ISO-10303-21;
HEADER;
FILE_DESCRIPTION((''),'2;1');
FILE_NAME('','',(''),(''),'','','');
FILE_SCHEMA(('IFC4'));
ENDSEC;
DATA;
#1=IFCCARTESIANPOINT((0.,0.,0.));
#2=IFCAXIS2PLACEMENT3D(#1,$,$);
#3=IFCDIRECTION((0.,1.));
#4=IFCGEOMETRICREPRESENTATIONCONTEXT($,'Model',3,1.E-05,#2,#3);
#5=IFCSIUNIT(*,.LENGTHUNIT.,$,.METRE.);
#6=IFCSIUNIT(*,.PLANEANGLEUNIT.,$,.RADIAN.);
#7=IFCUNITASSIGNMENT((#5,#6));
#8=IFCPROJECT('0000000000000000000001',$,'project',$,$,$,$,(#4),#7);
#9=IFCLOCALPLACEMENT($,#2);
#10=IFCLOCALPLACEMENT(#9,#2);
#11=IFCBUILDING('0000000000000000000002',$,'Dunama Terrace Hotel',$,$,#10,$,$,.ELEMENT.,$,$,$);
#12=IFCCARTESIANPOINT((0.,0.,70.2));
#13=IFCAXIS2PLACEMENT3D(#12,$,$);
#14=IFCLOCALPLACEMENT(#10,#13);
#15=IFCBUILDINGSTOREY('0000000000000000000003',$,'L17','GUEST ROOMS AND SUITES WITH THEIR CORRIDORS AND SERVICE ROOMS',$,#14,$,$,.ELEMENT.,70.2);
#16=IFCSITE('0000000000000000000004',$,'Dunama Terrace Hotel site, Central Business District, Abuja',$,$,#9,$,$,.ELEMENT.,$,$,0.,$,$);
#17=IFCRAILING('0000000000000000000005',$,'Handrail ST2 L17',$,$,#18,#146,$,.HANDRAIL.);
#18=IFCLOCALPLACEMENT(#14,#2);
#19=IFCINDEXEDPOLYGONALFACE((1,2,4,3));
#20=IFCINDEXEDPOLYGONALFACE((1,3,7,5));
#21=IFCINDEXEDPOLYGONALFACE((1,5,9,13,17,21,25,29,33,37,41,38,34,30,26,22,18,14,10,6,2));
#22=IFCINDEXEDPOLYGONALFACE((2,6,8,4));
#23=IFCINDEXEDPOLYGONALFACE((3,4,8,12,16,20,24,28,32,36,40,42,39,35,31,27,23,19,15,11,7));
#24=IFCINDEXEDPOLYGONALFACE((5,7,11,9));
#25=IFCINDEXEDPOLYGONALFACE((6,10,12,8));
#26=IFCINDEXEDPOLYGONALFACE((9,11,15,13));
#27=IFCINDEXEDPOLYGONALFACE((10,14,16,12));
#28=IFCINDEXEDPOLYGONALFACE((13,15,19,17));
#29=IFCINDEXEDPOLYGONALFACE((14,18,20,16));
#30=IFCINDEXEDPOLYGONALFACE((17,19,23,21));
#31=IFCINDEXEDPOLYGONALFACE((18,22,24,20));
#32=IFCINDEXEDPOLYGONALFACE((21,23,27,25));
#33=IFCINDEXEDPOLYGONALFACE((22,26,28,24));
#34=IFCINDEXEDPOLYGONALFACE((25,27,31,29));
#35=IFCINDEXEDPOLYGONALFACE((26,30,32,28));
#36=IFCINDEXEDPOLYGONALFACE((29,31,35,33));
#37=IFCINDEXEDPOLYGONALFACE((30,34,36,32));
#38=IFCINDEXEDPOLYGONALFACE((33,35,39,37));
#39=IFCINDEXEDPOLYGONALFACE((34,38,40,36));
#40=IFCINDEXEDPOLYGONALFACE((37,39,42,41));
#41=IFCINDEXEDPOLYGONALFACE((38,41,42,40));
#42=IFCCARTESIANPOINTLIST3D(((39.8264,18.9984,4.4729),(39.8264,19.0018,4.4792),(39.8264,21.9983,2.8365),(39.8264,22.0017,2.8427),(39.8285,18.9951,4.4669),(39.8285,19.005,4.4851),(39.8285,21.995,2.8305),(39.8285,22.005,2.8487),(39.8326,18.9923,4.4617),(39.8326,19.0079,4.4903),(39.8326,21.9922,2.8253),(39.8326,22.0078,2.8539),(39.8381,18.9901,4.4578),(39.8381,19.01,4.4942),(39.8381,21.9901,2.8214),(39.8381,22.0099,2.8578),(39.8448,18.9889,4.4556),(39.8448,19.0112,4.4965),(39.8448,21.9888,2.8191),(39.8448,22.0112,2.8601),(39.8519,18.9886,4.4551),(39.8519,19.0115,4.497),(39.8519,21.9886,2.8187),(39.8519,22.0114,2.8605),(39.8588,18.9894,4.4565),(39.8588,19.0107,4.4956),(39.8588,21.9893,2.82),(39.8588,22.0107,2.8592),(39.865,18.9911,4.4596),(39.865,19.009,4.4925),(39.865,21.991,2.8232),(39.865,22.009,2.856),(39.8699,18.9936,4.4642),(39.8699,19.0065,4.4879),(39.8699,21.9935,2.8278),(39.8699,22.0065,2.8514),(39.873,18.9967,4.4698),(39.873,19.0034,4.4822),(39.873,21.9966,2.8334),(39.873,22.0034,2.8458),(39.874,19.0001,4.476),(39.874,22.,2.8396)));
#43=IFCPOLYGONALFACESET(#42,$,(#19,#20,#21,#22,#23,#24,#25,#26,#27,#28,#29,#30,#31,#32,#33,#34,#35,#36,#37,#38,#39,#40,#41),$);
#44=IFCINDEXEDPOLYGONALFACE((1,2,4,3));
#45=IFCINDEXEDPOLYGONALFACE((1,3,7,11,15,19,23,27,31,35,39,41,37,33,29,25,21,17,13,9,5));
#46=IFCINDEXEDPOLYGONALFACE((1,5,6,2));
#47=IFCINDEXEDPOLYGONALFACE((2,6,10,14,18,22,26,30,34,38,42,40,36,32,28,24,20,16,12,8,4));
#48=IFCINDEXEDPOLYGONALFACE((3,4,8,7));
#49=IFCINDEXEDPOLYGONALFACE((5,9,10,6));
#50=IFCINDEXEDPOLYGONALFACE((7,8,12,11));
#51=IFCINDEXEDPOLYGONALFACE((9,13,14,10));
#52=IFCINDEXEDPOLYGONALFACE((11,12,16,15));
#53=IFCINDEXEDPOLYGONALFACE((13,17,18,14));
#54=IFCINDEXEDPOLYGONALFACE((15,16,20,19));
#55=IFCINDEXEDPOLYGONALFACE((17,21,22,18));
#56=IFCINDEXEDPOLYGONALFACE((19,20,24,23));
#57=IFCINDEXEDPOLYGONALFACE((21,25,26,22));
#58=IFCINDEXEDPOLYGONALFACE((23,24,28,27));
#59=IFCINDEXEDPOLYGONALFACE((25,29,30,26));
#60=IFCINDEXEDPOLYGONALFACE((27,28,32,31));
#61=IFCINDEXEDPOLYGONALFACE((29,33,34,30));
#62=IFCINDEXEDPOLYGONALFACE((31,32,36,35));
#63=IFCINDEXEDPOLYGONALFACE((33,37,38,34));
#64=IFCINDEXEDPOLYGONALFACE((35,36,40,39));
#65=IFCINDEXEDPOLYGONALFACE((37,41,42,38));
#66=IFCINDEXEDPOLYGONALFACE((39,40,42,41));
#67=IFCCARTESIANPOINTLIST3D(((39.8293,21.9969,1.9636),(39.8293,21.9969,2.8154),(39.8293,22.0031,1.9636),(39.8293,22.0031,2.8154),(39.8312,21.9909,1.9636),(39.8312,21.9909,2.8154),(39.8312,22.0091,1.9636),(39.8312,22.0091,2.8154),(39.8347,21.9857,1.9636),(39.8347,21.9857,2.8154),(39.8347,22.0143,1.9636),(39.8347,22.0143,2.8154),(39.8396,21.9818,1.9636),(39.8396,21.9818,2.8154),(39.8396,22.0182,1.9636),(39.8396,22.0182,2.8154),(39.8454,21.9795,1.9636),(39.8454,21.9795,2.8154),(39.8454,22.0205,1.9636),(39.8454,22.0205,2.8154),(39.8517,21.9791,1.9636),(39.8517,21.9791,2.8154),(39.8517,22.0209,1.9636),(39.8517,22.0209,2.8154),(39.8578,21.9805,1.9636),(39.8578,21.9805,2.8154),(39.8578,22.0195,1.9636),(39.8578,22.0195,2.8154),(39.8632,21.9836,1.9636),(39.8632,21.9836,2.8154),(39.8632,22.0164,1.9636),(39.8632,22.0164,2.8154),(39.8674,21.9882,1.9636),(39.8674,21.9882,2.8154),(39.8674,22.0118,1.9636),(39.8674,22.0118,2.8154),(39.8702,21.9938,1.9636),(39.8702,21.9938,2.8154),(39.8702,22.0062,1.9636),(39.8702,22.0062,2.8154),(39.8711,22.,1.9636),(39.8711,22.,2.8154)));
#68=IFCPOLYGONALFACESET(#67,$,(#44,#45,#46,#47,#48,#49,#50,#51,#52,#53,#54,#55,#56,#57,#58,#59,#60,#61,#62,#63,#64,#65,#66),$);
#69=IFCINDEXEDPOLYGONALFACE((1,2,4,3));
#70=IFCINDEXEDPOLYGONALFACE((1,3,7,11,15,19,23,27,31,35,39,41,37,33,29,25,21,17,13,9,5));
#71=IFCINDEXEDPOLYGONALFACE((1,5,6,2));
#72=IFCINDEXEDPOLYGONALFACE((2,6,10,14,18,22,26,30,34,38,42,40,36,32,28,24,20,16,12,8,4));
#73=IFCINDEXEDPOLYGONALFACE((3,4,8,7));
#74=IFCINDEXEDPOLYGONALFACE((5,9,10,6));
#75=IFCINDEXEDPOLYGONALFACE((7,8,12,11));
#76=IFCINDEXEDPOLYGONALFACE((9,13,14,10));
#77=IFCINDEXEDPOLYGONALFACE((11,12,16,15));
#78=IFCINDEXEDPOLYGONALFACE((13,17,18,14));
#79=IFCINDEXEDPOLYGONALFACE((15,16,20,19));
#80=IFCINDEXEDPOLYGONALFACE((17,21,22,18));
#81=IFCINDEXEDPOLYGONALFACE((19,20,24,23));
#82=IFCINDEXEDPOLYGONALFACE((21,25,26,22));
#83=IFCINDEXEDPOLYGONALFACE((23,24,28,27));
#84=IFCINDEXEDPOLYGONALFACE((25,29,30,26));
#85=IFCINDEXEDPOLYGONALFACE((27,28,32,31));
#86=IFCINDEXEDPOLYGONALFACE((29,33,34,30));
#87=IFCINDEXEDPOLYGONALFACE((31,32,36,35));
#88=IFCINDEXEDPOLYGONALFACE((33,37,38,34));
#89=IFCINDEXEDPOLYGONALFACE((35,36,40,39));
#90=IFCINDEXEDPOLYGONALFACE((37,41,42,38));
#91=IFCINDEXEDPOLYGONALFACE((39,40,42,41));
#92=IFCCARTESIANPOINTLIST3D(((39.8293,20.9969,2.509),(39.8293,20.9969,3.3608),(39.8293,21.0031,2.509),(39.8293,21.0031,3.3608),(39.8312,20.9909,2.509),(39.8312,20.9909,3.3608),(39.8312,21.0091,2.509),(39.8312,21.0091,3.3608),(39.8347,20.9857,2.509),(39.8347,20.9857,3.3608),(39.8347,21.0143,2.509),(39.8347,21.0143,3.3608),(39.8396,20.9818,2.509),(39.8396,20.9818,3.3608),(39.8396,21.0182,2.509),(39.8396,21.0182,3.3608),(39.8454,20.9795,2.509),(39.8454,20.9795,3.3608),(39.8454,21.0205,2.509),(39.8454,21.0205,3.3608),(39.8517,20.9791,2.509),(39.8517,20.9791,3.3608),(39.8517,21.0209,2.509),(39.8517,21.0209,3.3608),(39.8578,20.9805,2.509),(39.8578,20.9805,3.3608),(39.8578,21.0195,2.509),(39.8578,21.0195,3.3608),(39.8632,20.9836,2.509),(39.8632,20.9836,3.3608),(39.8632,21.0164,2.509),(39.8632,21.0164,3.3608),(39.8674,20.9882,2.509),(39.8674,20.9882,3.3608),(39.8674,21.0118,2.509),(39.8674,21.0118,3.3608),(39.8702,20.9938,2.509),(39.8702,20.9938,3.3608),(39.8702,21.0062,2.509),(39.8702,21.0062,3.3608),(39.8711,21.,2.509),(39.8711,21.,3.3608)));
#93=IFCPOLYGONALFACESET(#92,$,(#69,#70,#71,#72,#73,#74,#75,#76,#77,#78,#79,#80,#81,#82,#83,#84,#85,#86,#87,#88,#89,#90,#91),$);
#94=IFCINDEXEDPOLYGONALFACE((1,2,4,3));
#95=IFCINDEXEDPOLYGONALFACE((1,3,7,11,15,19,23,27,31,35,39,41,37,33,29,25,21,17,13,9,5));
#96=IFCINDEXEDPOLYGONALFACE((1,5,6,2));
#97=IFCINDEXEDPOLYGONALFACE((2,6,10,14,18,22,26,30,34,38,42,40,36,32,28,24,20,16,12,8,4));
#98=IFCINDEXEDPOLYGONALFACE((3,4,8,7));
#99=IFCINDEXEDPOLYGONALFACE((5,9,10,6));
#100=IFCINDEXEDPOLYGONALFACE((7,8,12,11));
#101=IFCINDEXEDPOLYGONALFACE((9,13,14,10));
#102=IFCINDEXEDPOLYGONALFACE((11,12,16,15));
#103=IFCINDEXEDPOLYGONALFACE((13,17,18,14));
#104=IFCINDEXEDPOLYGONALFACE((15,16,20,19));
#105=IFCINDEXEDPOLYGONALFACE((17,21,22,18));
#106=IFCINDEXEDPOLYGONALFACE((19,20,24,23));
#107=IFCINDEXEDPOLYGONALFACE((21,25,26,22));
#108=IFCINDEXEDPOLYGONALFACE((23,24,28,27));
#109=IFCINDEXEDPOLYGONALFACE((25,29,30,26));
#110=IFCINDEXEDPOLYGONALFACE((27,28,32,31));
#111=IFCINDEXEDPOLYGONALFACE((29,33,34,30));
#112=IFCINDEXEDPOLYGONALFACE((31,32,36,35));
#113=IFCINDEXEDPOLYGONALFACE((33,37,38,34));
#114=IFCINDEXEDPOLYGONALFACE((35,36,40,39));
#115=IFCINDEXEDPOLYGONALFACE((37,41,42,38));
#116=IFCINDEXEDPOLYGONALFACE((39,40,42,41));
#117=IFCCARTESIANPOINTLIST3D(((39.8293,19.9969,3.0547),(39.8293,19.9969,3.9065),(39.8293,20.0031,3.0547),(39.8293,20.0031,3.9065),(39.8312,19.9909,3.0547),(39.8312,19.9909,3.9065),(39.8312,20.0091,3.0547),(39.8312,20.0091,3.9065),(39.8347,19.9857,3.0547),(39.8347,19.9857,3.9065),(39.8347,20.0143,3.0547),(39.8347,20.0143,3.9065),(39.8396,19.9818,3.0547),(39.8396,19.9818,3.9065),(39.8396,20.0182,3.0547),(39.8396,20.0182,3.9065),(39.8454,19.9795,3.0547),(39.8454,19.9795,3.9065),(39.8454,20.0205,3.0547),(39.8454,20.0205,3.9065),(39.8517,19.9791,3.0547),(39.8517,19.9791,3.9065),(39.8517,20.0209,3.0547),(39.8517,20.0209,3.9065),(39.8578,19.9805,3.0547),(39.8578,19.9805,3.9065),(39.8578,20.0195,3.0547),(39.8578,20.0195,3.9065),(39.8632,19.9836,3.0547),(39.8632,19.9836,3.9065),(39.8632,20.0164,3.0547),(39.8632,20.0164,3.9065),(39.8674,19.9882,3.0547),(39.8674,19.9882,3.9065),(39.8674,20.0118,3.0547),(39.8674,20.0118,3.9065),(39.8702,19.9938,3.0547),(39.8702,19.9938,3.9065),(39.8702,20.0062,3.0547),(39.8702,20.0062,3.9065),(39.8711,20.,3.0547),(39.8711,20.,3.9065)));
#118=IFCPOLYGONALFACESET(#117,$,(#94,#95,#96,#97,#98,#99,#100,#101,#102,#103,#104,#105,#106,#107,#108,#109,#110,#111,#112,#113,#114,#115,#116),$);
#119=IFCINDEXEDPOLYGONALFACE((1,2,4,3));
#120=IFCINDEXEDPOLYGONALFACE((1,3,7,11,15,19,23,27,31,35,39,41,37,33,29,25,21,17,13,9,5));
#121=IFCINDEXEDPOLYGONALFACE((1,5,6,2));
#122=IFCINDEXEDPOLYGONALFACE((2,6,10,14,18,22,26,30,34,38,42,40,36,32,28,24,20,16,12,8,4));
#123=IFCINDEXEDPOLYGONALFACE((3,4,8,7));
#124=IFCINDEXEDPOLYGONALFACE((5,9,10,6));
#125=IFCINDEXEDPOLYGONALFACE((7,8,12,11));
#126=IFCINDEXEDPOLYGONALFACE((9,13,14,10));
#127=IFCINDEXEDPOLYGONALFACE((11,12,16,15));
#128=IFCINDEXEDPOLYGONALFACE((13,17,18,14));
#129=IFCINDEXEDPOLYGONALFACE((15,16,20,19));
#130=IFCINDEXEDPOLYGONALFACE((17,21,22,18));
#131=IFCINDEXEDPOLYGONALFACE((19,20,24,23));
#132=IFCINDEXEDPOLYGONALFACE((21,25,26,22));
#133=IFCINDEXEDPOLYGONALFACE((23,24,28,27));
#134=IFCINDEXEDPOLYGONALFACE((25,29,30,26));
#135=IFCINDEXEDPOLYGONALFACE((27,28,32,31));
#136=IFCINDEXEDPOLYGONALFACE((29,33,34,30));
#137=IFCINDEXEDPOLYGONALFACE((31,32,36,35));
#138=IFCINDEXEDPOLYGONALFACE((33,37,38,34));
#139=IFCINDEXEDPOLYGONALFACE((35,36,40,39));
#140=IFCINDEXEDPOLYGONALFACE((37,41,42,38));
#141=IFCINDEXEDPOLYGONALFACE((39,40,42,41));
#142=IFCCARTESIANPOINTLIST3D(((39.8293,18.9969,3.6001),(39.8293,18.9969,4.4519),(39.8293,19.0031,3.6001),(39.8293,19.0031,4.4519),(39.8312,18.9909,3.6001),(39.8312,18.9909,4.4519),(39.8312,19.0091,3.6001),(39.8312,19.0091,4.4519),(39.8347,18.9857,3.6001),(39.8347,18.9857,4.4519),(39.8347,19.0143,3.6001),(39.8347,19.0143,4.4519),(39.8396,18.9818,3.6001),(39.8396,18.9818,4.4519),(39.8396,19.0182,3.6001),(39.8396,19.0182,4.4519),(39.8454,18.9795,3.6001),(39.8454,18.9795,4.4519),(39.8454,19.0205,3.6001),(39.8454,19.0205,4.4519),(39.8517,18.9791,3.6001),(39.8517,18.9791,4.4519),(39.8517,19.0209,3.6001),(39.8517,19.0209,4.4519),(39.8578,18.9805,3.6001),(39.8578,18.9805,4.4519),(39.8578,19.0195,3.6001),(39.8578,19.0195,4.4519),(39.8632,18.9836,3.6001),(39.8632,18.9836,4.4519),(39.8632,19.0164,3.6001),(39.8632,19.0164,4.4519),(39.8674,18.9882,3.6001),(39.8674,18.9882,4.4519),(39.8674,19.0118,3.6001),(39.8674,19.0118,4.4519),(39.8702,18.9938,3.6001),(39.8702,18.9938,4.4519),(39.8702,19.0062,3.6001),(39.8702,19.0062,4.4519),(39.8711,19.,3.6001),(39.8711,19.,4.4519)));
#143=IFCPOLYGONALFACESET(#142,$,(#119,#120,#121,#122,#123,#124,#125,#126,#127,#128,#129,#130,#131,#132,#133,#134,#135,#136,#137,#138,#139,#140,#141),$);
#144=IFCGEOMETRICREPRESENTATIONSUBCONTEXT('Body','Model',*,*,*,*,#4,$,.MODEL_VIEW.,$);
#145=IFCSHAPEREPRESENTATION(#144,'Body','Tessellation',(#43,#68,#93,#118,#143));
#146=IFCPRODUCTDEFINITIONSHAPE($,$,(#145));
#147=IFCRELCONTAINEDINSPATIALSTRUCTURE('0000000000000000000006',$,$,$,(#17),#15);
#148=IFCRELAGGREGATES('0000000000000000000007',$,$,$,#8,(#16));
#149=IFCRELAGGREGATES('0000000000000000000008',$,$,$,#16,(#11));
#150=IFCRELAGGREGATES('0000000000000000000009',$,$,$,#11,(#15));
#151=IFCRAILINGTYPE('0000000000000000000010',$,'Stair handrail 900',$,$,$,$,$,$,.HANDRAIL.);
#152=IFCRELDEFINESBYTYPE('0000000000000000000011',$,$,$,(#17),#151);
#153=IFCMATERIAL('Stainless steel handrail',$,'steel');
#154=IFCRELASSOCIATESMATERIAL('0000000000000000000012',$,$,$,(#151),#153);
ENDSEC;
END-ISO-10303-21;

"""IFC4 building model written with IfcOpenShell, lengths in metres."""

from ifc_helpers import new_model, si_unit, direction, frame, origin, origin_2d, place, context, subcontext, project, spatial, circle, extrude, material, type_object, element, save


model = new_model("IFC4")

# Units and contexts
model_context = context("Model", 3, precision=1e-05, world=origin(), true_north=direction((0.0, 1.0)))
body_context = subcontext(model_context, "Body", "Model", "MODEL_VIEW")
ifc_project = project(units=[si_unit("LENGTHUNIT", "METRE"), si_unit("PLANEANGLEUNIT", "RADIAN")], contexts=[model_context])

# Site, building, storey
site_placement = place(None, origin())
site = spatial("IfcSite", under=ifc_project, at=site_placement, Name="Dunama Terrace Hotel site, Central Business District, Abuja", CompositionType="ELEMENT", RefElevation=0.0)
building_placement = place(site_placement, origin())
building = spatial("IfcBuilding", under=site, at=building_placement, Name="Dunama Terrace Hotel", CompositionType="ELEMENT")
storey_placement = place(building_placement, frame((0.0, 0.0, 70.2)))
storey = spatial("IfcBuildingStorey", under=building, at=storey_placement, Name="L17", Description="GUEST ROOMS AND SUITES WITH THEIR CORRIDORS AND SERVICE ROOMS", CompositionType="ELEMENT", Elevation=70.2)

# Railing
ifc_material_1 = material(Name="Stainless steel handrail", Category="steel")
railing_type = type_object("IfcRailingType", Name="Stair handrail 900", PredefinedType="HANDRAIL", material=ifc_material_1)
railing_1_placement = place(storey_placement, frame((39.8501, 22.0, 1.9636)))
element("IfcRailing", 1, at=railing_1_placement, inside=storey, type_object=railing_type, Name="Handrail ST2 L17", PredefinedType="HANDRAIL", context=body_context, shape_type="SweptSolid", body=[
    extrude(circle(Radius=0.0239, at=origin_2d()), frame((0.0, 0.0, 0.876), z_axis=(0.0, -0.877882, 0.478877), x_axis=(1.0, 0.0, 0.0)), (0.0, 0.0, 1.0), 3.4172),
    extrude(circle(Radius=0.021, at=origin_2d()), origin(), (0.0, 0.0, 1.0), 0.8518),
    extrude(circle(Radius=0.021, at=origin_2d()), frame((0.0, -1.0, 0.5454)), (0.0, 0.0, 1.0), 0.8518),
    extrude(circle(Radius=0.021, at=origin_2d()), frame((0.0, -2.0, 1.0911)), (0.0, 0.0, 1.0), 0.8518),
    extrude(circle(Radius=0.021, at=origin_2d()), frame((0.0, -3.0, 1.6365)), (0.0, 0.0, 1.0), 0.8518),
])

save(model, "model.ifc")
